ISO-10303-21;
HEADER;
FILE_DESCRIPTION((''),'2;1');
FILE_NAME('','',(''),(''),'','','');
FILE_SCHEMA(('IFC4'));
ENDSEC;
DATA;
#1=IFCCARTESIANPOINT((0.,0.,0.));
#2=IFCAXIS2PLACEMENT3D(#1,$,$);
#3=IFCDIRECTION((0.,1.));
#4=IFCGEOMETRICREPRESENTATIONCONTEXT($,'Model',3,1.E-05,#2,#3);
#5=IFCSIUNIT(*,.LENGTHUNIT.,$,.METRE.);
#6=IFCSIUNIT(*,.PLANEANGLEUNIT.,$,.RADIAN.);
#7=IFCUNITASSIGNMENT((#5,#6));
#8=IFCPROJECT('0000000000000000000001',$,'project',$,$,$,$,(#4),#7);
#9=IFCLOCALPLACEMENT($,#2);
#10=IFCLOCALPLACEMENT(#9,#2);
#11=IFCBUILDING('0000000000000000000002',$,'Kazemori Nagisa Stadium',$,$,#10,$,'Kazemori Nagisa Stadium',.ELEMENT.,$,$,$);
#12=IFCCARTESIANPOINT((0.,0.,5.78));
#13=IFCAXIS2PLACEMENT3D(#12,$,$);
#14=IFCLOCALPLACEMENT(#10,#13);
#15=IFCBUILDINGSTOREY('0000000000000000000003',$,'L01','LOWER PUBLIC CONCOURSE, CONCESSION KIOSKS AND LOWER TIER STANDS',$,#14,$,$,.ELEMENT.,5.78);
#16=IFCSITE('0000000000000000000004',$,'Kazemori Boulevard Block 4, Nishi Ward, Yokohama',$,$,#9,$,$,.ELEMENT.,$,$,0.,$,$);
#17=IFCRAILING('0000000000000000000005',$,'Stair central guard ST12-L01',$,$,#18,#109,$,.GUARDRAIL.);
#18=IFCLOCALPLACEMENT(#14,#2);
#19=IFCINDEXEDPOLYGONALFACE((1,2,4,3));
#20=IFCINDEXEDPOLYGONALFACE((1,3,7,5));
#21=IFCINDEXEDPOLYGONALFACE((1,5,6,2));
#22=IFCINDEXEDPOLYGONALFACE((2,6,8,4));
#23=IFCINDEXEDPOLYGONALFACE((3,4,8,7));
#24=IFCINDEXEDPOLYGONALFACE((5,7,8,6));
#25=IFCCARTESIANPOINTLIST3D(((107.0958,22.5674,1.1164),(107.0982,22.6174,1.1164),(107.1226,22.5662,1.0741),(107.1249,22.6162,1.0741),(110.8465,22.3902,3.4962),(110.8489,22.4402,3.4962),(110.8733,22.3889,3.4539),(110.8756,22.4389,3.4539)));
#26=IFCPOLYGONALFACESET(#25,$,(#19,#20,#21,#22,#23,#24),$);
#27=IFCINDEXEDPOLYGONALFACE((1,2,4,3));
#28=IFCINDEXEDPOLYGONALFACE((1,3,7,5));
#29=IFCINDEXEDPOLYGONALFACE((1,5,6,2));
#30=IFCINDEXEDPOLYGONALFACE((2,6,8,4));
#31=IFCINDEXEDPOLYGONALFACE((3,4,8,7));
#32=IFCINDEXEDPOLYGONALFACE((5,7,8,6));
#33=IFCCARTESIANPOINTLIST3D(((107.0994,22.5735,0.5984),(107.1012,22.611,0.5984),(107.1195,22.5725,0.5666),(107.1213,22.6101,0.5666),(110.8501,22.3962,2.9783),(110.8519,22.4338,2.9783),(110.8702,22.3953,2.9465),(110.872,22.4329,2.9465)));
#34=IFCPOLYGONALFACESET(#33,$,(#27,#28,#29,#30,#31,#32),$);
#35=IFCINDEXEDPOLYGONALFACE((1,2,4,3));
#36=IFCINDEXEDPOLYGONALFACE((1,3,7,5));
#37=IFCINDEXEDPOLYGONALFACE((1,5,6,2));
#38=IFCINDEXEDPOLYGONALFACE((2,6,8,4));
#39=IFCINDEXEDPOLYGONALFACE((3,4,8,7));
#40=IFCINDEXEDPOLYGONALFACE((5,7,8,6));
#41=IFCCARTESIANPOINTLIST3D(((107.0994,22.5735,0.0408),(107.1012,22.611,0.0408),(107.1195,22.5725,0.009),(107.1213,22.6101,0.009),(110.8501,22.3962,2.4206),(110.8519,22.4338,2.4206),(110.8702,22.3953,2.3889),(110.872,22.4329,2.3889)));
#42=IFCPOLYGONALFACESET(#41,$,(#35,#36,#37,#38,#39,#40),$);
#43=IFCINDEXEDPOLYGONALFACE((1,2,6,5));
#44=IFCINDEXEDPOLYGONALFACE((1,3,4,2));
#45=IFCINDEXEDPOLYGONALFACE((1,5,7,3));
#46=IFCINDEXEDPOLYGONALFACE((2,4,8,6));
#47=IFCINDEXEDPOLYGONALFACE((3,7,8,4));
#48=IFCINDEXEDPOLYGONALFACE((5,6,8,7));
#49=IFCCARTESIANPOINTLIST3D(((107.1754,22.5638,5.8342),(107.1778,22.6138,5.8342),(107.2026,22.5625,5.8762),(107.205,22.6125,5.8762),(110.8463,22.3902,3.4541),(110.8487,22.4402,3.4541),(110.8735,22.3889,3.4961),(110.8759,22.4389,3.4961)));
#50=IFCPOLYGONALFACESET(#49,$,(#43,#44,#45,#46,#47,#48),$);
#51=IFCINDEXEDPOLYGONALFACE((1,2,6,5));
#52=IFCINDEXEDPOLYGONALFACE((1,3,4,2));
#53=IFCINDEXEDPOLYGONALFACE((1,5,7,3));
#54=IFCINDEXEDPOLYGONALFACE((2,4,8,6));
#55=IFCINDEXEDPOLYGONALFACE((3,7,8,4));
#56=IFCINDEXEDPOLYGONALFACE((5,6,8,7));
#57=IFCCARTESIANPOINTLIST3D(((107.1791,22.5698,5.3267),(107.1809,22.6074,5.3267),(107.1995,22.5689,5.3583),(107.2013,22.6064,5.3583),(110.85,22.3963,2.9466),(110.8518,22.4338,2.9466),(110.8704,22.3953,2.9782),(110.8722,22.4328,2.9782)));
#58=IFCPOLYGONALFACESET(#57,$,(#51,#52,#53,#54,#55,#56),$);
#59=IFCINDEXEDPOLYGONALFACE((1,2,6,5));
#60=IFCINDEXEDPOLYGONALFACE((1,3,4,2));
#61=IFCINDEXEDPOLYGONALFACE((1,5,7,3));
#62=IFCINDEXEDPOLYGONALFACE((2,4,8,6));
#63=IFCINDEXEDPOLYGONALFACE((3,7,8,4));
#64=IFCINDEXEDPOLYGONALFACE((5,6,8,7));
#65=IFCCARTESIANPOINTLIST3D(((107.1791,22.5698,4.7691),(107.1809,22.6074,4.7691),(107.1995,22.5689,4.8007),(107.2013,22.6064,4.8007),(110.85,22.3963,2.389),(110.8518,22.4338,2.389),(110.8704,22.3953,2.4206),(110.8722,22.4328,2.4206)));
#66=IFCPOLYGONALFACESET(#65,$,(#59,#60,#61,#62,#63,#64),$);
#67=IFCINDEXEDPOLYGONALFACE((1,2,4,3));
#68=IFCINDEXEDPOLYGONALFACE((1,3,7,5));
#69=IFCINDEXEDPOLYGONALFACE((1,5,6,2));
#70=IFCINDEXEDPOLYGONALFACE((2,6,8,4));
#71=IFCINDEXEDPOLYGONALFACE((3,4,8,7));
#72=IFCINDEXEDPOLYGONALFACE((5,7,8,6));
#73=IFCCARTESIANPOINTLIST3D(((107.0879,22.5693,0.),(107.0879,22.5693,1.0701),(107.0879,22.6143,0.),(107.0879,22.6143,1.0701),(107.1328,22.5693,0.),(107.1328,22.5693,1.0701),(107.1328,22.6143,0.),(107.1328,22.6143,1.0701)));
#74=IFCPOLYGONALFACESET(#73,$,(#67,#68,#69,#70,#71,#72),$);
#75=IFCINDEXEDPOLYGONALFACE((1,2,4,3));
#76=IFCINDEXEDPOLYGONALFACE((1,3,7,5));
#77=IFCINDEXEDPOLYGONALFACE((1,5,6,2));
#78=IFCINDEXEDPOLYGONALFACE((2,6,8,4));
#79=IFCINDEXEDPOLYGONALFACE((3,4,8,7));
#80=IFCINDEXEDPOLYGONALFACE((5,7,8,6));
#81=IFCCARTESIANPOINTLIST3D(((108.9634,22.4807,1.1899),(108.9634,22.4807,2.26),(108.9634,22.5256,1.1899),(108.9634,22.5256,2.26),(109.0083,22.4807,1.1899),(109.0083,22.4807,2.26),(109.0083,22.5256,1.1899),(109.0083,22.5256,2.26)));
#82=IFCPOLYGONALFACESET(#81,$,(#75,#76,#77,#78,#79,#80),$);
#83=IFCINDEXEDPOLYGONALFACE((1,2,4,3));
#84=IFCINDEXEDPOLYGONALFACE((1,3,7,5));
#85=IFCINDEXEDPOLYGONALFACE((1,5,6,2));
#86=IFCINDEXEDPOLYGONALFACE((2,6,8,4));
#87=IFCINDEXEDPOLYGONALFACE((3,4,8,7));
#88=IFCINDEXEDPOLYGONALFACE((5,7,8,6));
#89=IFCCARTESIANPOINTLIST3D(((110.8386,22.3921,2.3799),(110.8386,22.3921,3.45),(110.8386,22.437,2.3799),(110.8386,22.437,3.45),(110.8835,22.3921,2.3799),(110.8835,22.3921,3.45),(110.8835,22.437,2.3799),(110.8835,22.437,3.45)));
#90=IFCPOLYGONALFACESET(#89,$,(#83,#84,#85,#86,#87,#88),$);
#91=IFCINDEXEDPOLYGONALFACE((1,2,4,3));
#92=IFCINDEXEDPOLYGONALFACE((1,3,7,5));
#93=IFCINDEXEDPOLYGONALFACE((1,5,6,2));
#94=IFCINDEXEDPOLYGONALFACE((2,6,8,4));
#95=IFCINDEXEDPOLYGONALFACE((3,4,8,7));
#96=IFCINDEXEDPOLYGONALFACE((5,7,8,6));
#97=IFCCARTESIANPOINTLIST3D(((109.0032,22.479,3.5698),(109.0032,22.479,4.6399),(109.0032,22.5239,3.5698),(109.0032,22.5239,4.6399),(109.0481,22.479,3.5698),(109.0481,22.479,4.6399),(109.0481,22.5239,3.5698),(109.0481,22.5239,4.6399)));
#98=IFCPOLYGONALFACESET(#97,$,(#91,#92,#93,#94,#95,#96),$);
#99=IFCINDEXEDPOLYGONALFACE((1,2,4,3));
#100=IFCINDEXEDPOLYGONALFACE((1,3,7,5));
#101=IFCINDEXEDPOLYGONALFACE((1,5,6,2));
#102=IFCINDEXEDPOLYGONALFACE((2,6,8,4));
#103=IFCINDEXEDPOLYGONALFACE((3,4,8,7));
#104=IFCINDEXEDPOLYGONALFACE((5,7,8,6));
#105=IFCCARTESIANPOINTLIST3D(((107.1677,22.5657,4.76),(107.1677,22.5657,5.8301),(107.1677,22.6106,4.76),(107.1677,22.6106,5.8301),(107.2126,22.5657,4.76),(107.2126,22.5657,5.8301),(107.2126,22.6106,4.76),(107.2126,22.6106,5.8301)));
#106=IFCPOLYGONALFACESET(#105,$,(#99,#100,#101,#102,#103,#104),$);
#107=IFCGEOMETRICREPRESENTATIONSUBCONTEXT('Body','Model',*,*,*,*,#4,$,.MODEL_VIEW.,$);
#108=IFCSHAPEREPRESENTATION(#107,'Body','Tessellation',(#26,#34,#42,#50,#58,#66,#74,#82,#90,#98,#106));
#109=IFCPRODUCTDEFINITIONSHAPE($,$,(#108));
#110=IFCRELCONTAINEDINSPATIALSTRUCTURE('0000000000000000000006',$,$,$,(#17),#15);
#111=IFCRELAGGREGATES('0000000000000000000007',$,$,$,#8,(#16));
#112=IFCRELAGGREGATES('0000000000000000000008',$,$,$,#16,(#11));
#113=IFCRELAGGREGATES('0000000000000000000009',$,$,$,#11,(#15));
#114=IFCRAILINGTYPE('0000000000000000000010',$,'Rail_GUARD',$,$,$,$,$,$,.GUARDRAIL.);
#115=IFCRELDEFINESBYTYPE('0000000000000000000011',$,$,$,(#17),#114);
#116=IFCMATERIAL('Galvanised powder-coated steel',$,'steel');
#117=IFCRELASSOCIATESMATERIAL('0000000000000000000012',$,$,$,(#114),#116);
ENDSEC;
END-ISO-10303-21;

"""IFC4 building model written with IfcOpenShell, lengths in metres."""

from ifc_helpers import new_model, si_unit, direction, frame, origin, origin_2d, place, context, subcontext, project, spatial, rectangle, extrude, material, type_object, element, save


model = new_model("IFC4")

# Units and contexts
model_context = context("Model", 3, precision=1e-05, world=origin(), true_north=direction((0.0, 1.0)))
body_context = subcontext(model_context, "Body", "Model", "MODEL_VIEW")
ifc_project = project(units=[si_unit("LENGTHUNIT", "METRE"), si_unit("PLANEANGLEUNIT", "RADIAN")], contexts=[model_context])

# Site, building, storey
site_placement = place(None, origin())
site = spatial("IfcSite", under=ifc_project, at=site_placement, Name="Kazemori Boulevard Block 4, Nishi Ward, Yokohama", CompositionType="ELEMENT", RefElevation=0.0)
building_placement = place(site_placement, origin())
building = spatial("IfcBuilding", under=site, at=building_placement, Name="Kazemori Nagisa Stadium", LongName="Kazemori Nagisa Stadium", CompositionType="ELEMENT")
storey_placement = place(building_placement, frame((0.0, 0.0, 5.78)))
storey = spatial("IfcBuildingStorey", under=building, at=storey_placement, Name="L01", Description="LOWER PUBLIC CONCOURSE, CONCESSION KIOSKS AND LOWER TIER STANDS", CompositionType="ELEMENT", Elevation=5.78)

# Railing
ifc_material_1 = material(Name="Galvanised powder-coated steel", Category="steel")
railing_type_1 = type_object("IfcRailingType", Name="Rail_GUARD", PredefinedType="GUARDRAIL", material=ifc_material_1)
railing_1_placement = place(storey_placement, frame((107.1104, 22.5918, 0.0)))
element("IfcRailing", 1, at=railing_1_placement, inside=storey, type_object=railing_type_1, Name="Stair central guard ST12-L01", PredefinedType="GUARDRAIL", context=body_context, shape_type="SweptSolid", body=[
    extrude(rectangle(XDim=0.05, YDim=0.05, at=origin_2d()), frame((0.0, 0.0, 1.0952), z_axis=(0.843698, -0.03987, 0.535336), x_axis=(0.047204, 0.998885, 0.0)), (0.0, 0.0, 1.0), 4.4456),
    extrude(rectangle(XDim=0.0376, YDim=0.0376, at=origin_2d()), frame((0.0, 0.0, 0.5825), z_axis=(0.843698, -0.03987, 0.535336), x_axis=(0.047204, 0.998885, 0.0)), (0.0, 0.0, 1.0), 4.4456),
    extrude(rectangle(XDim=0.0376, YDim=0.0376, at=origin_2d()), frame((0.0, 0.0, 0.0249), z_axis=(0.843698, -0.03987, 0.535336), x_axis=(0.047204, 0.998885, 0.0)), (0.0, 0.0, 1.0), 4.4456),
    extrude(rectangle(XDim=0.05, YDim=0.05, at=origin_2d()), frame((3.7507, -0.1772, 3.4751), z_axis=(-0.838406, 0.039645, 0.543603), x_axis=(-0.047234, -0.998884, 0.0)), (0.0, 0.0, 1.0), 4.3784),
    extrude(rectangle(XDim=0.0376, YDim=0.0376, at=origin_2d()), frame((3.7507, -0.1772, 2.9624), z_axis=(-0.838406, 0.039645, 0.543603), x_axis=(-0.047234, -0.998884, 0.0)), (0.0, 0.0, 1.0), 4.3784),
    extrude(rectangle(XDim=0.0376, YDim=0.0376, at=origin_2d()), frame((3.7507, -0.1772, 2.4048), z_axis=(-0.838406, 0.039645, 0.543603), x_axis=(-0.047234, -0.998884, 0.0)), (0.0, 0.0, 1.0), 4.3784),
    extrude(rectangle(XDim=0.0449, YDim=0.0449, at=origin_2d()), origin(), (0.0, 0.0, 1.0), 1.0701),
    extrude(rectangle(XDim=0.0449, YDim=0.0449, at=origin_2d()), frame((1.8755, -0.0886, 1.1899)), (0.0, 0.0, 1.0), 1.0701),
    extrude(rectangle(XDim=0.0449, YDim=0.0449, at=origin_2d()), frame((3.7507, -0.1772, 2.3799)), (0.0, 0.0, 1.0), 1.0701),
    extrude(rectangle(XDim=0.0449, YDim=0.0449, at=origin_2d()), frame((1.9153, -0.0903, 3.5698)), (0.0, 0.0, 1.0), 1.0701),
    extrude(rectangle(XDim=0.0449, YDim=0.0449, at=origin_2d()), frame((0.0798, -0.0037, 4.76)), (0.0, 0.0, 1.0), 1.0701),
])

save(model, "model.ifc")
